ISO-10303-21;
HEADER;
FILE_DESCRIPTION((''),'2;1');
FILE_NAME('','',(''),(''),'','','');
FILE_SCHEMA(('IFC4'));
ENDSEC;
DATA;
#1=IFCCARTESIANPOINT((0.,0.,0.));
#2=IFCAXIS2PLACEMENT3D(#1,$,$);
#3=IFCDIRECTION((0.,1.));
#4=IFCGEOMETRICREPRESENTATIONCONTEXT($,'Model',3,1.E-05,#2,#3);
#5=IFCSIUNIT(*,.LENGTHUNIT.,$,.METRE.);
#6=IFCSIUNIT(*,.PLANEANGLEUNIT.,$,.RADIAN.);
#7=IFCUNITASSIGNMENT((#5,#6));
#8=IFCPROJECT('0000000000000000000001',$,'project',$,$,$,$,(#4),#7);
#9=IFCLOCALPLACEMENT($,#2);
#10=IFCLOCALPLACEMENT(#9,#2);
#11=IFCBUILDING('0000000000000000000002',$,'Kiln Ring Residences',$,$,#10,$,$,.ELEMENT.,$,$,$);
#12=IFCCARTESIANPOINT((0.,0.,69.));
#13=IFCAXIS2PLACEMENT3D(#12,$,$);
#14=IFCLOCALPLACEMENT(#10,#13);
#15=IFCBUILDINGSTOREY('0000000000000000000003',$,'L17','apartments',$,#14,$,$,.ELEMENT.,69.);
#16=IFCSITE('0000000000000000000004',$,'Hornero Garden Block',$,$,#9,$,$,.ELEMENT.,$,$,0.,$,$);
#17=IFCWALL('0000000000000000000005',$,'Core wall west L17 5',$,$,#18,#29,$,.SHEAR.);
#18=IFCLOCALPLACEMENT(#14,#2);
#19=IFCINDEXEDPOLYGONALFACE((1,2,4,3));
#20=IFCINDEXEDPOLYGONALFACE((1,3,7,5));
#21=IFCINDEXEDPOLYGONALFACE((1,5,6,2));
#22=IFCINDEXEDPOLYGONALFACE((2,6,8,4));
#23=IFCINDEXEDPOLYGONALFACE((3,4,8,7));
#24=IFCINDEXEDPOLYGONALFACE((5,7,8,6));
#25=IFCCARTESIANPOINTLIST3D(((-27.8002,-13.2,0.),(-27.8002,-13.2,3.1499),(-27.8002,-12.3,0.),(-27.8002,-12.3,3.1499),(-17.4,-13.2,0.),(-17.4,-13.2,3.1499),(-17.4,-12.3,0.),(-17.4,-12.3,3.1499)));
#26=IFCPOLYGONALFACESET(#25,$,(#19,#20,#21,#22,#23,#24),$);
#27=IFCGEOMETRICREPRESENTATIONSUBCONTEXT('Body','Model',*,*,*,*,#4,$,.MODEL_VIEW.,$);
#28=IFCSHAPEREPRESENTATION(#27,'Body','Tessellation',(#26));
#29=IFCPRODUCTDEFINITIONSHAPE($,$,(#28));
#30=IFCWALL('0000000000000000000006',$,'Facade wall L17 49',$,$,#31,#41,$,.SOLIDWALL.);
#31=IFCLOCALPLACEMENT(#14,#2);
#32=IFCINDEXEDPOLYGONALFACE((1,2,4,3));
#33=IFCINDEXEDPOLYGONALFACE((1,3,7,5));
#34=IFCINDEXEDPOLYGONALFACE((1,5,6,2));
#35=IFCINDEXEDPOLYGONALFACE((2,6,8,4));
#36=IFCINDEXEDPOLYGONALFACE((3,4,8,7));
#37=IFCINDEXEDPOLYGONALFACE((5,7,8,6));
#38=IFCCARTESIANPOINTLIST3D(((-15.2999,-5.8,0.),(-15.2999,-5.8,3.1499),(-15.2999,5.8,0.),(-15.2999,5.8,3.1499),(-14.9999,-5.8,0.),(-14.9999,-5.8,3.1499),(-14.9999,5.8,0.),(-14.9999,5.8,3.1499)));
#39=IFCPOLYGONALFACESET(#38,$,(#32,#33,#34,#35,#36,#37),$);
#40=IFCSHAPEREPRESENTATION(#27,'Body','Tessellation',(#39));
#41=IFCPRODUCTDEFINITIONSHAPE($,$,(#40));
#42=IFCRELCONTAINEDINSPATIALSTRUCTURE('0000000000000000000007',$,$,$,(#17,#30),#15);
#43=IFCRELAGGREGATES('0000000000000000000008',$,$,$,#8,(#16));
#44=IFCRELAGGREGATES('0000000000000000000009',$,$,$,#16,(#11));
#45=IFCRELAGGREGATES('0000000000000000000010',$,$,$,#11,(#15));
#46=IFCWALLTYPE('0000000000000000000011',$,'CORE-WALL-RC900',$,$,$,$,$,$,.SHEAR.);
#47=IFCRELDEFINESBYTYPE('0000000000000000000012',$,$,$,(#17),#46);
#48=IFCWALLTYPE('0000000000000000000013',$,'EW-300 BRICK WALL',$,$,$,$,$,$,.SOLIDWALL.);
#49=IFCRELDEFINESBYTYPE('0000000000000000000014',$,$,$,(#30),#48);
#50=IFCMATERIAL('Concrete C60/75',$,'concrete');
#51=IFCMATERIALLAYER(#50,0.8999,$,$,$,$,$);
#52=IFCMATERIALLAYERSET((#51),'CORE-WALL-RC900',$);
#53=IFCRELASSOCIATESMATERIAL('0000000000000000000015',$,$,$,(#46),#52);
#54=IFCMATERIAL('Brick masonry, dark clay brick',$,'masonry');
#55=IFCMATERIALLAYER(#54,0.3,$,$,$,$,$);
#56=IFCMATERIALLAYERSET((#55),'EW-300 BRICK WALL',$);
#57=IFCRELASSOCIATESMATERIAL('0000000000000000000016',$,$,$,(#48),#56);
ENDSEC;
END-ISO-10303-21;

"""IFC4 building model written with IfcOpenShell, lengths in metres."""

from ifc_helpers import new_model, si_unit, direction, frame, frame_2d, origin, place, context, subcontext, project, spatial, rectangle, extrude, material, layer, layer_set, type_object, element, save


model = new_model("IFC4")

# Units and contexts
model_context = context("Model", 3, precision=1e-05, world=origin(), true_north=direction((0.0, 1.0)))
body_context = subcontext(model_context, "Body", "Model", "MODEL_VIEW")
ifc_project = project(units=[si_unit("LENGTHUNIT", "METRE"), si_unit("PLANEANGLEUNIT", "RADIAN")], contexts=[model_context])

# Site, building, storey
site_placement = place(None, origin())
site = spatial("IfcSite", under=ifc_project, at=site_placement, Name="Hornero Garden Block", CompositionType="ELEMENT", RefElevation=0.0)
building_placement = place(site_placement, origin())
building = spatial("IfcBuilding", under=site, at=building_placement, Name="Kiln Ring Residences", CompositionType="ELEMENT")
storey_placement = place(building_placement, frame((0.0, 0.0, 69.0)))
storey = spatial("IfcBuildingStorey", under=building, at=storey_placement, Name="L17", Description="apartments", CompositionType="ELEMENT", Elevation=69.0)

# Walls
ifc_material_1 = material(Name="Concrete C60/75", Category="concrete")
ifc_layer_1 = layer(ifc_material_1, 0.8999)
ifc_layer_set_1 = layer_set([ifc_layer_1], Name="CORE-WALL-RC900")
wall_type_1 = type_object("IfcWallType", Name="CORE-WALL-RC900", PredefinedType="SHEAR", material=ifc_layer_set_1)
wall_1_placement = place(storey_placement, frame((-17.3999, -12.75, 0.0), z_axis=(0.0, 0.0, 1.0), x_axis=(-1.0, 0.0, 0.0)))
element("IfcWall", 1, at=wall_1_placement, inside=storey, type_object=wall_type_1, Name="Core wall west L17 5", PredefinedType="SHEAR", context=body_context, shape_type="SweptSolid", body=[
    extrude(rectangle(XDim=10.4001, YDim=0.8999, at=frame_2d((5.2002, 0.0))), origin(), (0.0, 0.0, 1.0), 3.1499),
])
ifc_material_2 = material(Name="Brick masonry, dark clay brick", Category="masonry")
ifc_layer_2 = layer(ifc_material_2, 0.3)
ifc_layer_set_2 = layer_set([ifc_layer_2], Name="EW-300 BRICK WALL")
wall_type_2 = type_object("IfcWallType", Name="EW-300 BRICK WALL", PredefinedType="SOLIDWALL", material=ifc_layer_set_2)
wall_2_placement = place(storey_placement, frame((-15.1499, -5.8, 0.0), z_axis=(0.0, 0.0, 1.0), x_axis=(0.0, 1.0, 0.0)))
element("IfcWall", 2, at=wall_2_placement, inside=storey, type_object=wall_type_2, Name="Facade wall L17 49", PredefinedType="SOLIDWALL", context=body_context, shape_type="SweptSolid", body=[
    extrude(rectangle(XDim=11.6001, YDim=0.3, at=frame_2d((5.8, 0.0))), origin(), (0.0, 0.0, 1.0), 3.1499),
])

save(model, "model.ifc")
